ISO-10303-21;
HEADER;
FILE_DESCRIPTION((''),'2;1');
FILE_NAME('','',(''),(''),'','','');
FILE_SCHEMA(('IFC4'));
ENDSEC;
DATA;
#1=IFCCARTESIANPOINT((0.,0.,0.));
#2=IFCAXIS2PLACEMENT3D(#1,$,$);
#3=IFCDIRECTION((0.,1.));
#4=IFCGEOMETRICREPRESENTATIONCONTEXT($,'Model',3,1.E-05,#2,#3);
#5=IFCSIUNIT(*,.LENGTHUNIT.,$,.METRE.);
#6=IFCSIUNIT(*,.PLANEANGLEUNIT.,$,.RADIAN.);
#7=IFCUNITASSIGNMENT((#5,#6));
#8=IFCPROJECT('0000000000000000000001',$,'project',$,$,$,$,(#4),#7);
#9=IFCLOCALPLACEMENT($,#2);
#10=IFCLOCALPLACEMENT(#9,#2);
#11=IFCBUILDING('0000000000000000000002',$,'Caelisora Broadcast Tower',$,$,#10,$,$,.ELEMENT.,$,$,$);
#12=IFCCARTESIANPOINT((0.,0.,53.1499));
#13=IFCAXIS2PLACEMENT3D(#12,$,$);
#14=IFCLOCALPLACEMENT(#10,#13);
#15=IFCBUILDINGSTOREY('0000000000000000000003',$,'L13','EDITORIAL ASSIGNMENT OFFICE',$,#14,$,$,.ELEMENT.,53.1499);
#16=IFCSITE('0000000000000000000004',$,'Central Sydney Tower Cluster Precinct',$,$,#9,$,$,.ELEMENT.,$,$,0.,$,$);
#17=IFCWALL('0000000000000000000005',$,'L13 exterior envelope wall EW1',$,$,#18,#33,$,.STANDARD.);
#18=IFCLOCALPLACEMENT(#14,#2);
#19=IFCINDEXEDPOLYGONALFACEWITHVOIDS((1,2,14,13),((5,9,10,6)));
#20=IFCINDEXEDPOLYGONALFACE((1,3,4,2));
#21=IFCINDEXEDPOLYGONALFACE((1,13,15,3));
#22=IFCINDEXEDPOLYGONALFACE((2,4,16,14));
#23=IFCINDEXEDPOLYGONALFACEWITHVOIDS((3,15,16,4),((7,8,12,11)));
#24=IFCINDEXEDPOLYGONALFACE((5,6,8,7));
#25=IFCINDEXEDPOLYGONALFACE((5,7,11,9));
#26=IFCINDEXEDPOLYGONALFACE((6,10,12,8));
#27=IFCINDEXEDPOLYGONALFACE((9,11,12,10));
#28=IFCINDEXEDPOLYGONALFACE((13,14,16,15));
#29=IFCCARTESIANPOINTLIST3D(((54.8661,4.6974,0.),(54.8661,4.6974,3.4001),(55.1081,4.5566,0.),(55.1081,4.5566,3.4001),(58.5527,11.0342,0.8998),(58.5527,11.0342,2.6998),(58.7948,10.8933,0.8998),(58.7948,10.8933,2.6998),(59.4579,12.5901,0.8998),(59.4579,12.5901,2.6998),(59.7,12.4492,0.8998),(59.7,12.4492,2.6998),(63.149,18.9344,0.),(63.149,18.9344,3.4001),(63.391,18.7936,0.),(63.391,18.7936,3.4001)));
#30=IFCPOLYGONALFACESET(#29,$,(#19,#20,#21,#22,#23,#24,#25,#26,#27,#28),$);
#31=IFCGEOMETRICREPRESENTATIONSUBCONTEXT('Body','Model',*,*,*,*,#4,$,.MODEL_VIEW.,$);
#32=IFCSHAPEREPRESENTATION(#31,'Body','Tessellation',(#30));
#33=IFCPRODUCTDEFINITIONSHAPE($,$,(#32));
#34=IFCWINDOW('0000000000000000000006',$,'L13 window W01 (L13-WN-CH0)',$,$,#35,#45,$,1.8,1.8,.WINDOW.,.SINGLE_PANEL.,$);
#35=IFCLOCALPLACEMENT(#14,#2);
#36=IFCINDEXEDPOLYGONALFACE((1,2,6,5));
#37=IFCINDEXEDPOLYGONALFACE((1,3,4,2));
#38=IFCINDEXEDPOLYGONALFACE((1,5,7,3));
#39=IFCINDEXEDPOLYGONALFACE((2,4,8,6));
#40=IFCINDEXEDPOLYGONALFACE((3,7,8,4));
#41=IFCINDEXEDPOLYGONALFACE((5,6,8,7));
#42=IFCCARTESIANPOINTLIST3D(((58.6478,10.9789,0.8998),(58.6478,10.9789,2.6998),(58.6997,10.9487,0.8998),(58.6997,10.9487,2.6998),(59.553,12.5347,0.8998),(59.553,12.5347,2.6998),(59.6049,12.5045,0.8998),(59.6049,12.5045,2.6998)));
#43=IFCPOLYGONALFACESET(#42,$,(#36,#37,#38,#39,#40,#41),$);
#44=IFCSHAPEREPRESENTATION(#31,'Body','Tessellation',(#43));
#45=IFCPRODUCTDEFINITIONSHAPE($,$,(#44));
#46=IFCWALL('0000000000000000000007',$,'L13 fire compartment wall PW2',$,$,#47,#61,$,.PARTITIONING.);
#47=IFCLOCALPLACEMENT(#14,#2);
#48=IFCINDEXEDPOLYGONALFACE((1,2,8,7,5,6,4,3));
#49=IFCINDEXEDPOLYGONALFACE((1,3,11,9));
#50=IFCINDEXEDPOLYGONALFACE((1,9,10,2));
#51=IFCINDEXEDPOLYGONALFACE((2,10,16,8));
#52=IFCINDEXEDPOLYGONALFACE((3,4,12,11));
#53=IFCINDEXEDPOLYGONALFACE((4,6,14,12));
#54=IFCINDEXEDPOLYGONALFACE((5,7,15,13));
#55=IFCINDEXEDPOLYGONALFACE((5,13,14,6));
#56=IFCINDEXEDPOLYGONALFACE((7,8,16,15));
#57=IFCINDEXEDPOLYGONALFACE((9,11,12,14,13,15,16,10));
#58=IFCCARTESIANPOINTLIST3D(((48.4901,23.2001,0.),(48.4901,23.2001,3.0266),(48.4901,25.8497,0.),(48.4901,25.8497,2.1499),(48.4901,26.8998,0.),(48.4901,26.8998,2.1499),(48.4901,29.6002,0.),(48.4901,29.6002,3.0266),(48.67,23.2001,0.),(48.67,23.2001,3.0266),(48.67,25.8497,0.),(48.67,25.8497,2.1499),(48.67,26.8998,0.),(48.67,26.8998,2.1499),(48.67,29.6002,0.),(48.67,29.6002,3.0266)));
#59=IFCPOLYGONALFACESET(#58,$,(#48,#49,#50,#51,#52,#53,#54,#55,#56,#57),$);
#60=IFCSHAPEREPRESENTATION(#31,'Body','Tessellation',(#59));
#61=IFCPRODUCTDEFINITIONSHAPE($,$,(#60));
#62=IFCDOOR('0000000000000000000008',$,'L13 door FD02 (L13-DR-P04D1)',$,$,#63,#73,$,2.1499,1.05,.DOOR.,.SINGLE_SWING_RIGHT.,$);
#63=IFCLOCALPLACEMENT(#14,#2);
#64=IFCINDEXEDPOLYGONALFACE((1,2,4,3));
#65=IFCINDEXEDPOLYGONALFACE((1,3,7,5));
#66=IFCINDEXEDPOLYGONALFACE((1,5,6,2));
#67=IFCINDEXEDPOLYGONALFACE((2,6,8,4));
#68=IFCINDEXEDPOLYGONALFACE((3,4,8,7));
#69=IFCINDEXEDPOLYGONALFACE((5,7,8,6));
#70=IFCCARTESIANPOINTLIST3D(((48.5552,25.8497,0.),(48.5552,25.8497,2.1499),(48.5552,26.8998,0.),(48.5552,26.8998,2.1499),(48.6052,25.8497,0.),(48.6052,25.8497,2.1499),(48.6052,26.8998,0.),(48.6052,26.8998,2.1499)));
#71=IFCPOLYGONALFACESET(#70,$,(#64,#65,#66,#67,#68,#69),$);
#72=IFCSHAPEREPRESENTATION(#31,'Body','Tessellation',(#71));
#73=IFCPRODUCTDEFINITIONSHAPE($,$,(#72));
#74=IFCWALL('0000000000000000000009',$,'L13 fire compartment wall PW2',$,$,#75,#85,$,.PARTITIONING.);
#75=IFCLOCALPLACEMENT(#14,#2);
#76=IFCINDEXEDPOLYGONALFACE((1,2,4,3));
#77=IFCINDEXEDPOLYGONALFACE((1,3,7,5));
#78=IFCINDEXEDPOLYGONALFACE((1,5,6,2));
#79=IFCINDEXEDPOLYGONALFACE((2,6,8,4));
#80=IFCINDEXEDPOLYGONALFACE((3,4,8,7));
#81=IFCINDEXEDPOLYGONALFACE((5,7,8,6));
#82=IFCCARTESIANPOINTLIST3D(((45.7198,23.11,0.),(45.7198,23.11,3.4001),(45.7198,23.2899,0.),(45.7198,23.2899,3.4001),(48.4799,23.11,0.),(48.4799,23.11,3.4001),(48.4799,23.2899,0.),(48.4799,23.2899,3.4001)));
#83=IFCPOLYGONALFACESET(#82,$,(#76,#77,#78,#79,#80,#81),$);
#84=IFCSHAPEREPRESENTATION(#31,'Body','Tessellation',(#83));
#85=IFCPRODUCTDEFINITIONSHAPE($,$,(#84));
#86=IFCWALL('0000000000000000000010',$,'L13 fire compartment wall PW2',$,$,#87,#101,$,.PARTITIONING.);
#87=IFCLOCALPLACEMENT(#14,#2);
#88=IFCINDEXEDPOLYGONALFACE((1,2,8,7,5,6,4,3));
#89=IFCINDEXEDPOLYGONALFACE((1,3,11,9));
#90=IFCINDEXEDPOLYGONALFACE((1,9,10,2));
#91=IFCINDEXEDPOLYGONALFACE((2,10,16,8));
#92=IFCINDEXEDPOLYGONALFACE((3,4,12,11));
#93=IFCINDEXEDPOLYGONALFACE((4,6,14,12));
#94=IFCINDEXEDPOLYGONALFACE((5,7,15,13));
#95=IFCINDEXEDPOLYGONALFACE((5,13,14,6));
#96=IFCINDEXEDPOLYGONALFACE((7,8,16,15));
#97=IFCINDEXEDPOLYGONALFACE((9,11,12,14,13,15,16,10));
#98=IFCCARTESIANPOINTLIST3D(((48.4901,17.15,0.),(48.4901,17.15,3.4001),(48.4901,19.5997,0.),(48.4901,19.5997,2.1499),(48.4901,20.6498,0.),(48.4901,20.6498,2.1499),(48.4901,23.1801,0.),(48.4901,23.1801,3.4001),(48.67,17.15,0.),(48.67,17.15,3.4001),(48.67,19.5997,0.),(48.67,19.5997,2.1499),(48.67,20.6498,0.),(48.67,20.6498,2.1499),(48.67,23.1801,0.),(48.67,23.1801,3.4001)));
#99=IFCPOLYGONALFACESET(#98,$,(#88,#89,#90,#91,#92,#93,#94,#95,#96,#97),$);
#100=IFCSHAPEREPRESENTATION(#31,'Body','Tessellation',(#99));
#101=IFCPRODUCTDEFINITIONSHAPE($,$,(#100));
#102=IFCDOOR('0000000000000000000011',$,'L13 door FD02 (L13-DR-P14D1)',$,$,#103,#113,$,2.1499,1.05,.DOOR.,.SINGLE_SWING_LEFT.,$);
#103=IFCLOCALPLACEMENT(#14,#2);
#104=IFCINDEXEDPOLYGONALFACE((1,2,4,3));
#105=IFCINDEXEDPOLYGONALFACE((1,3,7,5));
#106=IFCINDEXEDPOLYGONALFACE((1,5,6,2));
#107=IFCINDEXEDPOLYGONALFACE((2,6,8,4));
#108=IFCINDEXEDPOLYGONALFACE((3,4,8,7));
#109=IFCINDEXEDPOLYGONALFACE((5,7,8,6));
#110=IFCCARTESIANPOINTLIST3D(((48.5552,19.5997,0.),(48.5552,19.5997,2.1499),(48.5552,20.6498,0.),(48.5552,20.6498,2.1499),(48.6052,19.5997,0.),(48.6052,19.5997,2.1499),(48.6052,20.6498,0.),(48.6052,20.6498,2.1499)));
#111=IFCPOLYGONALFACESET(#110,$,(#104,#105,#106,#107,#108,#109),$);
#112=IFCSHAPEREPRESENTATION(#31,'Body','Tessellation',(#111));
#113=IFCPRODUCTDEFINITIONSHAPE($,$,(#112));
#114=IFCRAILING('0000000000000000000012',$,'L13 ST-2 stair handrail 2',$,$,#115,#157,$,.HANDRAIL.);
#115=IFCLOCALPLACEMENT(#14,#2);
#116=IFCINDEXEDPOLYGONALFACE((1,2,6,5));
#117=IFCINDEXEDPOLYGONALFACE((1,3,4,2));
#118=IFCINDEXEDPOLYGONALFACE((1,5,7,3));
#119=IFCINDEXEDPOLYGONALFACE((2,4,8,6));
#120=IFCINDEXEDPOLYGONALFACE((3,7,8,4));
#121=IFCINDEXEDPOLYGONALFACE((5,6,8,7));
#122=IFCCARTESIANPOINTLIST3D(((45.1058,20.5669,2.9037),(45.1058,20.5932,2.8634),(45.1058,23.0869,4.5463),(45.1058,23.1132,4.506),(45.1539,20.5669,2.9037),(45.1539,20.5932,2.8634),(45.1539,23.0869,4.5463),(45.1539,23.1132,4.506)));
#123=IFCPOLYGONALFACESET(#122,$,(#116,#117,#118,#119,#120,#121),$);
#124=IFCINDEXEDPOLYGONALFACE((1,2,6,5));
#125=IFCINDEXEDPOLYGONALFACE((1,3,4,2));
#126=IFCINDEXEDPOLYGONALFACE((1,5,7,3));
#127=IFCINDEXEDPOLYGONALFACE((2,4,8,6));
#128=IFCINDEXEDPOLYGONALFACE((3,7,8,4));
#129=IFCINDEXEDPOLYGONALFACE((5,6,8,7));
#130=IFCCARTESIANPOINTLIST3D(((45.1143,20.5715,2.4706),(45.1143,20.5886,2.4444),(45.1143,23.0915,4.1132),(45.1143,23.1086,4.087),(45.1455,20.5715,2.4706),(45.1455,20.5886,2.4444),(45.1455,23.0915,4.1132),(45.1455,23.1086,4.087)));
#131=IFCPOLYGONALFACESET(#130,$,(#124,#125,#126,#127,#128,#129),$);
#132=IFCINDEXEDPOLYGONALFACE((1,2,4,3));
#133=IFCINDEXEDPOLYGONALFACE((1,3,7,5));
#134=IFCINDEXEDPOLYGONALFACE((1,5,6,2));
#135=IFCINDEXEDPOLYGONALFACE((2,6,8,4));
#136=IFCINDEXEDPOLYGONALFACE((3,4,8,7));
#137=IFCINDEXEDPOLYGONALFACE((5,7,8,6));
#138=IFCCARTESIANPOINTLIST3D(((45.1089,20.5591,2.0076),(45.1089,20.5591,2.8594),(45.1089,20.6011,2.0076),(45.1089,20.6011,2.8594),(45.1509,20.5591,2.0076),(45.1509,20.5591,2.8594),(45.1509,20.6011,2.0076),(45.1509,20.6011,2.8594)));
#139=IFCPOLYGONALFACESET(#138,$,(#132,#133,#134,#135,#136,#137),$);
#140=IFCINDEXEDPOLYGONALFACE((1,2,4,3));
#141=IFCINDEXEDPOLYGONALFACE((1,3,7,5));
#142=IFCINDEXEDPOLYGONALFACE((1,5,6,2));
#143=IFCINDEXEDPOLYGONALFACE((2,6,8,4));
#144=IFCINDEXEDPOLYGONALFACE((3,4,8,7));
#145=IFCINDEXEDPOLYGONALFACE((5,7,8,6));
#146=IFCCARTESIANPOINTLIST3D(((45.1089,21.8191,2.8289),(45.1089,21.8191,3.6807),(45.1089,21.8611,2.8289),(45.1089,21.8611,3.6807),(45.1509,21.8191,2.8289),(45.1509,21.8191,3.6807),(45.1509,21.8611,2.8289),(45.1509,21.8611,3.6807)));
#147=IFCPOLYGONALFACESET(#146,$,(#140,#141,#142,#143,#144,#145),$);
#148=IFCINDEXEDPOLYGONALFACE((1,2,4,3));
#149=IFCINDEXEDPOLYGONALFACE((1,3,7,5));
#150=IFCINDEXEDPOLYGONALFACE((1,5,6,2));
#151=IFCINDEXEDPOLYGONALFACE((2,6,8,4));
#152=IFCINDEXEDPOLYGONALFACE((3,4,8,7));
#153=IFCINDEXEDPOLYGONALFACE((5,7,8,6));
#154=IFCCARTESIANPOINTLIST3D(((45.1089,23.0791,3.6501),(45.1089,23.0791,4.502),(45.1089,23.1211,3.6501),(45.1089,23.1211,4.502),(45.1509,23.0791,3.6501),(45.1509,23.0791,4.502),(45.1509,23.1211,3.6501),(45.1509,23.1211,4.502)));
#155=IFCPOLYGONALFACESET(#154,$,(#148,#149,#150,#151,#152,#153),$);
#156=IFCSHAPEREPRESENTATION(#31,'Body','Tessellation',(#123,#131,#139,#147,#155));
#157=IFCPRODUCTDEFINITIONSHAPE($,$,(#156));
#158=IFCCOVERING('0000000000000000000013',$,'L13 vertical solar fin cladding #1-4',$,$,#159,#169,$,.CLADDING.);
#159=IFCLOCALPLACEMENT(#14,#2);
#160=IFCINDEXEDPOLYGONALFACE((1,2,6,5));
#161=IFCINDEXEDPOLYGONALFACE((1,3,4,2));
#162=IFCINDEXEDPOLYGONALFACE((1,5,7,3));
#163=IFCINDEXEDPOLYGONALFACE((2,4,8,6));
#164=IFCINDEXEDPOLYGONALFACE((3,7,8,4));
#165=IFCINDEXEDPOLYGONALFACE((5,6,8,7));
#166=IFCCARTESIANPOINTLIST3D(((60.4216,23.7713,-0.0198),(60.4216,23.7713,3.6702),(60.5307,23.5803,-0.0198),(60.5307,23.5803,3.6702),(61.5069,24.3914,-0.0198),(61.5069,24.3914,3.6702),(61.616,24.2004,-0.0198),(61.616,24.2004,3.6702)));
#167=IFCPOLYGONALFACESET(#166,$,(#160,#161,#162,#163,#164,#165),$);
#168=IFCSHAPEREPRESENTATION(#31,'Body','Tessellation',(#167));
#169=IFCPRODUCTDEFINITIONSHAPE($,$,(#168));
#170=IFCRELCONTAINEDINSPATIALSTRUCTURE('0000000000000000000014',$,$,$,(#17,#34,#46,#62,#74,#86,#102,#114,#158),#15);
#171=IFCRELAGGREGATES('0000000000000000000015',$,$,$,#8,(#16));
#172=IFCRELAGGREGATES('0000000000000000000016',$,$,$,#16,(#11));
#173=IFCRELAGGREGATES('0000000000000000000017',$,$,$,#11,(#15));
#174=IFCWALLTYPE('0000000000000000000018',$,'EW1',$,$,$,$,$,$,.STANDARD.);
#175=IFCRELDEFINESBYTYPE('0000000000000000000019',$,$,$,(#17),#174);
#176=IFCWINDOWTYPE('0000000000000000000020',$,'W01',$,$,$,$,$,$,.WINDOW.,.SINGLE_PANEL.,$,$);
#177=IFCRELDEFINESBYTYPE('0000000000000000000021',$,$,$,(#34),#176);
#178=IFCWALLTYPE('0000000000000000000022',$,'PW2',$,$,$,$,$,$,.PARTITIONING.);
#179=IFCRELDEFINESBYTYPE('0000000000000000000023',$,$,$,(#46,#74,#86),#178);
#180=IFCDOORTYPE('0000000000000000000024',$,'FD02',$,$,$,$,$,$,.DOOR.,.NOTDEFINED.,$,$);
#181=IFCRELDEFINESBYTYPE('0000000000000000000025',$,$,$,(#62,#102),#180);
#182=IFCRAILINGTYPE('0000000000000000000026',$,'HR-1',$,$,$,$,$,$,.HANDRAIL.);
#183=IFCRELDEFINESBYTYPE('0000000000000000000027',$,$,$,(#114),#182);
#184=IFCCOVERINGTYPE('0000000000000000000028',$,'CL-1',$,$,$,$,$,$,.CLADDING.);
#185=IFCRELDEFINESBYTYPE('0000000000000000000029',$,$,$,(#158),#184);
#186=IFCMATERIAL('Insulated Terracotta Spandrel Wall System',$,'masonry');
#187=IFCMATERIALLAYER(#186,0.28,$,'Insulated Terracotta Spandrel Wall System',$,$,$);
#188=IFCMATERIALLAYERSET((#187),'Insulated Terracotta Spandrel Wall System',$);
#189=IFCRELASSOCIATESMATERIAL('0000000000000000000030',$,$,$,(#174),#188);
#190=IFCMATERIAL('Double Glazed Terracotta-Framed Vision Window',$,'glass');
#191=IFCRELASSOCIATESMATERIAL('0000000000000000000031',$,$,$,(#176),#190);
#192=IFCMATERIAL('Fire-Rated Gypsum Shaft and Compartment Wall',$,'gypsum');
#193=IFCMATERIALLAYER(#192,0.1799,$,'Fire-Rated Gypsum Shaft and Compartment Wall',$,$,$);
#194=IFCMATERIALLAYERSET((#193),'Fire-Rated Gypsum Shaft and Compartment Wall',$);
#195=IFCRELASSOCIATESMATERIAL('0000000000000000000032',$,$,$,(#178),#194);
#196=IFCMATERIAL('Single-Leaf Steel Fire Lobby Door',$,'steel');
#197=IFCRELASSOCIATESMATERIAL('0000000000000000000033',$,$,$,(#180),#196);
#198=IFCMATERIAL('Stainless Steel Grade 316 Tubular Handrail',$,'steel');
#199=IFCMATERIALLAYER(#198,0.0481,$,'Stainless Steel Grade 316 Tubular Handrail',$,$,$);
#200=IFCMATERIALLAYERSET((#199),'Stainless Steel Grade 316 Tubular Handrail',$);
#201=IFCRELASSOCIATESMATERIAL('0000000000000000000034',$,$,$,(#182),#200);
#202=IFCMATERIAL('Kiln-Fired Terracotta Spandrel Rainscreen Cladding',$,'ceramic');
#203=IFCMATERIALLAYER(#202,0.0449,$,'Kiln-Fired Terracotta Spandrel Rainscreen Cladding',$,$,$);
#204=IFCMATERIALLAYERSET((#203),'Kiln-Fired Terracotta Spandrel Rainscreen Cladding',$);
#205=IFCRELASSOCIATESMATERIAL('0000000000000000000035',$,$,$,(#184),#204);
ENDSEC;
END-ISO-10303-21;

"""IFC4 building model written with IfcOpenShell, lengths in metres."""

from ifc_helpers import new_model, si_unit, direction, frame, frame_2d, origin, origin_2d, place, context, subcontext, project, spatial, rectangle, extrude, source, transform, mapped, material, layer, layer_set, type_object, type_shapes, element, fill, save


model = new_model("IFC4")

# Units and contexts
model_context = context("Model", 3, precision=1e-05, world=origin(), true_north=direction((0.0, 1.0)))
body_context = subcontext(model_context, "Body", "Model", "MODEL_VIEW")
ifc_project = project(units=[si_unit("LENGTHUNIT", "METRE"), si_unit("PLANEANGLEUNIT", "RADIAN")], contexts=[model_context])

# Site, building, storey
site_placement = place(None, origin())
site = spatial("IfcSite", under=ifc_project, at=site_placement, Name="Central Sydney Tower Cluster Precinct", CompositionType="ELEMENT", RefElevation=0.0)
building_placement = place(site_placement, origin())
building = spatial("IfcBuilding", under=site, at=building_placement, Name="Caelisora Broadcast Tower", CompositionType="ELEMENT")
storey_placement = place(building_placement, frame((0.0, 0.0, 53.1499)))
storey = spatial("IfcBuildingStorey", under=building, at=storey_placement, Name="L13", Description="EDITORIAL ASSIGNMENT OFFICE", CompositionType="ELEMENT", Elevation=53.1499)

# Wall, opening, window
ifc_material_1 = material(Name="Insulated Terracotta Spandrel Wall System", Category="masonry")
ifc_layer_1 = layer(ifc_material_1, 0.28, Name="Insulated Terracotta Spandrel Wall System")
ifc_layer_set_1 = layer_set([ifc_layer_1], Name="Insulated Terracotta Spandrel Wall System")
wall_type_1 = type_object("IfcWallType", Name="EW1", PredefinedType="STANDARD", material=ifc_layer_set_1)
wall_1_placement = place(storey_placement, frame((63.27, 18.864, 0.0), z_axis=(0.0, 0.0, 1.0), x_axis=(-0.502874, -0.864359, 0.0)))
wall_1 = element("IfcWall", 1, at=wall_1_placement, inside=storey, type_object=wall_type_1, Name="L13 exterior envelope wall EW1", PredefinedType="STANDARD", context=body_context, shape_type="SweptSolid", body=[
    extrude(rectangle(XDim=16.4712, YDim=0.28, at=frame_2d((8.2356, 0.0))), origin(), (0.0, 0.0, 1.0), 3.4001),
])
opening_1_placement = place(wall_1_placement, frame((7.3401, 0.0, 0.8999)))
opening_1 = element("IfcOpeningElement", 2, at=opening_1_placement, cuts=wall_1, PredefinedType="OPENING", context=body_context, shape_type="SweptSolid", body=[
    extrude(rectangle(XDim=1.8, YDim=1.8, at=frame_2d((0.8999, 0.8999))), frame((0.0, 0.1521, 0.0), z_axis=(0.0, -1.0, 0.0), x_axis=(1.0, 0.0, 0.0)), (0.0, 0.0, 1.0), 0.304),
])
ifc_material_2 = material(Name="Double Glazed Terracotta-Framed Vision Window", Category="glass")
window_type = type_object("IfcWindowType", Name="W01", PartitioningType="SINGLE_PANEL", PredefinedType="WINDOW", material=ifc_material_2)
window_placement = place(opening_1_placement, origin())
window = element("IfcWindow", 3, at=window_placement, inside=storey, type_object=window_type, Name="L13 window W01 (L13-WN-CH0)", OverallHeight=1.8, OverallWidth=1.8, PartitioningType="SINGLE_PANEL", PredefinedType="WINDOW", context=body_context, shape_type="SweptSolid", body=[
    extrude(rectangle(XDim=1.8, YDim=1.8, at=frame_2d((0.8999, 0.8999))), frame((0.0, 0.03, 0.0), z_axis=(0.0, -1.0, 0.0), x_axis=(1.0, 0.0, 0.0)), (0.0, 0.0, 1.0), 0.0601),
])
fill(opening_1, window)

# Wall, opening, door
ifc_material_3 = material(Name="Fire-Rated Gypsum Shaft and Compartment Wall", Category="gypsum")
ifc_layer_2 = layer(ifc_material_3, 0.1799, Name="Fire-Rated Gypsum Shaft and Compartment Wall")
ifc_layer_set_2 = layer_set([ifc_layer_2], Name="Fire-Rated Gypsum Shaft and Compartment Wall")
wall_type_2 = type_object("IfcWallType", Name="PW2", PredefinedType="PARTITIONING", material=ifc_layer_set_2)
wall_2_placement = place(storey_placement, frame((48.5801, 23.2, 0.0), z_axis=(0.0, 0.0, 1.0), x_axis=(0.0, 1.0, 0.0)))
wall_2 = element("IfcWall", 4, at=wall_2_placement, inside=storey, type_object=wall_type_2, Name="L13 fire compartment wall PW2", PredefinedType="PARTITIONING", context=body_context, shape_type="SweptSolid", body=[
    extrude(rectangle(XDim=6.4001, YDim=0.1799, at=frame_2d((3.2002, 0.0))), origin(), (0.0, 0.0, 1.0), 3.0266),
])
opening_2_placement = place(wall_2_placement, frame((2.6499, 0.0, 0.0)))
opening_2 = element("IfcOpeningElement", 5, at=opening_2_placement, cuts=wall_2, PredefinedType="OPENING", context=body_context, shape_type="SweptSolid", body=[
    extrude(rectangle(XDim=1.05, YDim=2.1499, at=frame_2d((0.5249, 1.075))), frame((0.0, 0.1021, 0.0), z_axis=(0.0, -1.0, 0.0), x_axis=(1.0, 0.0, 0.0)), (0.0, 0.0, 1.0), 0.2039),
])
ifc_material_4 = material(Name="Single-Leaf Steel Fire Lobby Door", Category="steel")
door_type = type_object("IfcDoorType", Name="FD02", OperationType="NOTDEFINED", PredefinedType="DOOR", material=ifc_material_4)
door_1_placement = place(opening_2_placement, origin())
door_1 = element("IfcDoor", 6, at=door_1_placement, inside=storey, type_object=door_type, Name="L13 door FD02 (L13-DR-P04D1)", OperationType="SINGLE_SWING_RIGHT", OverallHeight=2.1499, OverallWidth=1.05, PredefinedType="DOOR", context=body_context, shape_type="SweptSolid", body=[
    extrude(rectangle(XDim=1.05, YDim=2.1499, at=frame_2d((0.5249, 1.075))), frame((0.0, 0.0249, 0.0), z_axis=(0.0, -1.0, 0.0), x_axis=(1.0, 0.0, 0.0)), (0.0, 0.0, 1.0), 0.05),
])
fill(opening_2, door_1)

# Wall
wall_3_placement = place(storey_placement, frame((45.72, 23.2, 0.0), z_axis=(0.0, 0.0, 1.0), x_axis=(1.0, 0.0, 0.0)))
element("IfcWall", 7, at=wall_3_placement, inside=storey, type_object=wall_type_2, Name="L13 fire compartment wall PW2", PredefinedType="PARTITIONING", context=body_context, shape_type="SweptSolid", body=[
    extrude(rectangle(XDim=2.76, YDim=0.1799, at=frame_2d((1.3799, 0.0))), origin(), (0.0, 0.0, 1.0), 3.4001),
])

# Wall, opening, door
wall_4_placement = place(storey_placement, frame((48.5801, 17.1499, 0.0), z_axis=(0.0, 0.0, 1.0), x_axis=(0.0, 1.0, 0.0)))
wall_4 = element("IfcWall", 8, at=wall_4_placement, inside=storey, type_object=wall_type_2, Name="L13 fire compartment wall PW2", PredefinedType="PARTITIONING", context=body_context, shape_type="SweptSolid", body=[
    extrude(rectangle(XDim=6.03, YDim=0.1799, at=frame_2d((3.0151, 0.0))), origin(), (0.0, 0.0, 1.0), 3.4001),
])
opening_3_placement = place(wall_4_placement, frame((2.45, 0.0, 0.0)))
opening_3 = element("IfcOpeningElement", 9, at=opening_3_placement, cuts=wall_4, PredefinedType="OPENING", context=body_context, shape_type="SweptSolid", body=[
    extrude(rectangle(XDim=1.05, YDim=2.1499, at=frame_2d((0.5249, 1.075))), frame((0.0, 0.1021, 0.0), z_axis=(0.0, -1.0, 0.0), x_axis=(1.0, 0.0, 0.0)), (0.0, 0.0, 1.0), 0.2039),
])
door_2_placement = place(opening_3_placement, origin())
door_2 = element("IfcDoor", 10, at=door_2_placement, inside=storey, type_object=door_type, Name="L13 door FD02 (L13-DR-P14D1)", OperationType="SINGLE_SWING_LEFT", OverallHeight=2.1499, OverallWidth=1.05, PredefinedType="DOOR", context=body_context, shape_type="SweptSolid", body=[
    extrude(rectangle(XDim=1.05, YDim=2.1499, at=frame_2d((0.5249, 1.075))), frame((0.0, 0.0249, 0.0), z_axis=(0.0, -1.0, 0.0), x_axis=(1.0, 0.0, 0.0)), (0.0, 0.0, 1.0), 0.05),
])
fill(opening_3, door_2)

# Railing
ifc_material_5 = material(Name="Stainless Steel Grade 316 Tubular Handrail", Category="steel")
ifc_layer_3 = layer(ifc_material_5, 0.0481, Name="Stainless Steel Grade 316 Tubular Handrail")
ifc_layer_set_3 = layer_set([ifc_layer_3], Name="Stainless Steel Grade 316 Tubular Handrail")
railing_type = type_object("IfcRailingType", Name="HR-1", PredefinedType="HANDRAIL", material=ifc_layer_set_3)
railing_placement = place(storey_placement, frame((45.1299, 20.5801, 2.0076)))
element("IfcRailing", 11, at=railing_placement, inside=storey, type_object=railing_type, Name="L13 ST-2 stair handrail 2", PredefinedType="HANDRAIL", context=body_context, shape_type="SweptSolid", body=[
    extrude(rectangle(XDim=0.0481, YDim=0.0481, at=origin_2d()), frame((0.0, 0.0, 0.876), z_axis=(0.0, 0.837749, 0.546055), x_axis=(-1.0, 0.0, 0.0)), (0.0, 0.0, 1.0), 3.0081),
    extrude(rectangle(XDim=0.0312, YDim=0.0312, at=origin_2d()), frame((0.0, 0.0, 0.45), z_axis=(0.0, 0.837749, 0.546055), x_axis=(-1.0, 0.0, 0.0)), (0.0, 0.0, 1.0), 3.0081),
    extrude(rectangle(XDim=0.042, YDim=0.042, at=origin_2d()), origin(), (0.0, 0.0, 1.0), 0.8518),
    extrude(rectangle(XDim=0.042, YDim=0.042, at=origin_2d()), frame((0.0, 1.26, 0.8213)), (0.0, 0.0, 1.0), 0.8518),
    extrude(rectangle(XDim=0.042, YDim=0.042, at=origin_2d()), frame((0.0, 2.52, 1.6426)), (0.0, 0.0, 1.0), 0.8518),
])

# Covering
ifc_material_6 = material(Name="Kiln-Fired Terracotta Spandrel Rainscreen Cladding", Category="ceramic")
ifc_layer_4 = layer(ifc_material_6, 0.0449, Name="Kiln-Fired Terracotta Spandrel Rainscreen Cladding")
ifc_layer_set_4 = layer_set([ifc_layer_4], Name="Kiln-Fired Terracotta Spandrel Rainscreen Cladding")
covering_type = type_object("IfcCoveringType", Name="CL-1", PredefinedType="CLADDING", material=ifc_layer_set_4)
shared_shape_1 = source(origin(), body_context, "Body", "SweptSolid", [
    extrude(rectangle(XDim=0.22, YDim=1.25, at=origin_2d()), origin(), (0.0, 0.0, 1.0), 3.6899),
])
type_shapes(covering_type, [shared_shape_1])
covering_placement = place(storey_placement, frame((61.0188, 23.9858, -0.0198), z_axis=(0.0, 0.0, 1.0), x_axis=(0.496065, -0.868285, 0.0)))
element("IfcCovering", 12, at=covering_placement, inside=storey, type_object=covering_type, Name="L13 vertical solar fin cladding #1-4", PredefinedType="CLADDING", context=body_context, shape_type="MappedRepresentation", body=[
    mapped(shared_shape_1, transform((0.0, 0.0, 0.0), scale=1.0)),
])

save(model, "model.ifc")
